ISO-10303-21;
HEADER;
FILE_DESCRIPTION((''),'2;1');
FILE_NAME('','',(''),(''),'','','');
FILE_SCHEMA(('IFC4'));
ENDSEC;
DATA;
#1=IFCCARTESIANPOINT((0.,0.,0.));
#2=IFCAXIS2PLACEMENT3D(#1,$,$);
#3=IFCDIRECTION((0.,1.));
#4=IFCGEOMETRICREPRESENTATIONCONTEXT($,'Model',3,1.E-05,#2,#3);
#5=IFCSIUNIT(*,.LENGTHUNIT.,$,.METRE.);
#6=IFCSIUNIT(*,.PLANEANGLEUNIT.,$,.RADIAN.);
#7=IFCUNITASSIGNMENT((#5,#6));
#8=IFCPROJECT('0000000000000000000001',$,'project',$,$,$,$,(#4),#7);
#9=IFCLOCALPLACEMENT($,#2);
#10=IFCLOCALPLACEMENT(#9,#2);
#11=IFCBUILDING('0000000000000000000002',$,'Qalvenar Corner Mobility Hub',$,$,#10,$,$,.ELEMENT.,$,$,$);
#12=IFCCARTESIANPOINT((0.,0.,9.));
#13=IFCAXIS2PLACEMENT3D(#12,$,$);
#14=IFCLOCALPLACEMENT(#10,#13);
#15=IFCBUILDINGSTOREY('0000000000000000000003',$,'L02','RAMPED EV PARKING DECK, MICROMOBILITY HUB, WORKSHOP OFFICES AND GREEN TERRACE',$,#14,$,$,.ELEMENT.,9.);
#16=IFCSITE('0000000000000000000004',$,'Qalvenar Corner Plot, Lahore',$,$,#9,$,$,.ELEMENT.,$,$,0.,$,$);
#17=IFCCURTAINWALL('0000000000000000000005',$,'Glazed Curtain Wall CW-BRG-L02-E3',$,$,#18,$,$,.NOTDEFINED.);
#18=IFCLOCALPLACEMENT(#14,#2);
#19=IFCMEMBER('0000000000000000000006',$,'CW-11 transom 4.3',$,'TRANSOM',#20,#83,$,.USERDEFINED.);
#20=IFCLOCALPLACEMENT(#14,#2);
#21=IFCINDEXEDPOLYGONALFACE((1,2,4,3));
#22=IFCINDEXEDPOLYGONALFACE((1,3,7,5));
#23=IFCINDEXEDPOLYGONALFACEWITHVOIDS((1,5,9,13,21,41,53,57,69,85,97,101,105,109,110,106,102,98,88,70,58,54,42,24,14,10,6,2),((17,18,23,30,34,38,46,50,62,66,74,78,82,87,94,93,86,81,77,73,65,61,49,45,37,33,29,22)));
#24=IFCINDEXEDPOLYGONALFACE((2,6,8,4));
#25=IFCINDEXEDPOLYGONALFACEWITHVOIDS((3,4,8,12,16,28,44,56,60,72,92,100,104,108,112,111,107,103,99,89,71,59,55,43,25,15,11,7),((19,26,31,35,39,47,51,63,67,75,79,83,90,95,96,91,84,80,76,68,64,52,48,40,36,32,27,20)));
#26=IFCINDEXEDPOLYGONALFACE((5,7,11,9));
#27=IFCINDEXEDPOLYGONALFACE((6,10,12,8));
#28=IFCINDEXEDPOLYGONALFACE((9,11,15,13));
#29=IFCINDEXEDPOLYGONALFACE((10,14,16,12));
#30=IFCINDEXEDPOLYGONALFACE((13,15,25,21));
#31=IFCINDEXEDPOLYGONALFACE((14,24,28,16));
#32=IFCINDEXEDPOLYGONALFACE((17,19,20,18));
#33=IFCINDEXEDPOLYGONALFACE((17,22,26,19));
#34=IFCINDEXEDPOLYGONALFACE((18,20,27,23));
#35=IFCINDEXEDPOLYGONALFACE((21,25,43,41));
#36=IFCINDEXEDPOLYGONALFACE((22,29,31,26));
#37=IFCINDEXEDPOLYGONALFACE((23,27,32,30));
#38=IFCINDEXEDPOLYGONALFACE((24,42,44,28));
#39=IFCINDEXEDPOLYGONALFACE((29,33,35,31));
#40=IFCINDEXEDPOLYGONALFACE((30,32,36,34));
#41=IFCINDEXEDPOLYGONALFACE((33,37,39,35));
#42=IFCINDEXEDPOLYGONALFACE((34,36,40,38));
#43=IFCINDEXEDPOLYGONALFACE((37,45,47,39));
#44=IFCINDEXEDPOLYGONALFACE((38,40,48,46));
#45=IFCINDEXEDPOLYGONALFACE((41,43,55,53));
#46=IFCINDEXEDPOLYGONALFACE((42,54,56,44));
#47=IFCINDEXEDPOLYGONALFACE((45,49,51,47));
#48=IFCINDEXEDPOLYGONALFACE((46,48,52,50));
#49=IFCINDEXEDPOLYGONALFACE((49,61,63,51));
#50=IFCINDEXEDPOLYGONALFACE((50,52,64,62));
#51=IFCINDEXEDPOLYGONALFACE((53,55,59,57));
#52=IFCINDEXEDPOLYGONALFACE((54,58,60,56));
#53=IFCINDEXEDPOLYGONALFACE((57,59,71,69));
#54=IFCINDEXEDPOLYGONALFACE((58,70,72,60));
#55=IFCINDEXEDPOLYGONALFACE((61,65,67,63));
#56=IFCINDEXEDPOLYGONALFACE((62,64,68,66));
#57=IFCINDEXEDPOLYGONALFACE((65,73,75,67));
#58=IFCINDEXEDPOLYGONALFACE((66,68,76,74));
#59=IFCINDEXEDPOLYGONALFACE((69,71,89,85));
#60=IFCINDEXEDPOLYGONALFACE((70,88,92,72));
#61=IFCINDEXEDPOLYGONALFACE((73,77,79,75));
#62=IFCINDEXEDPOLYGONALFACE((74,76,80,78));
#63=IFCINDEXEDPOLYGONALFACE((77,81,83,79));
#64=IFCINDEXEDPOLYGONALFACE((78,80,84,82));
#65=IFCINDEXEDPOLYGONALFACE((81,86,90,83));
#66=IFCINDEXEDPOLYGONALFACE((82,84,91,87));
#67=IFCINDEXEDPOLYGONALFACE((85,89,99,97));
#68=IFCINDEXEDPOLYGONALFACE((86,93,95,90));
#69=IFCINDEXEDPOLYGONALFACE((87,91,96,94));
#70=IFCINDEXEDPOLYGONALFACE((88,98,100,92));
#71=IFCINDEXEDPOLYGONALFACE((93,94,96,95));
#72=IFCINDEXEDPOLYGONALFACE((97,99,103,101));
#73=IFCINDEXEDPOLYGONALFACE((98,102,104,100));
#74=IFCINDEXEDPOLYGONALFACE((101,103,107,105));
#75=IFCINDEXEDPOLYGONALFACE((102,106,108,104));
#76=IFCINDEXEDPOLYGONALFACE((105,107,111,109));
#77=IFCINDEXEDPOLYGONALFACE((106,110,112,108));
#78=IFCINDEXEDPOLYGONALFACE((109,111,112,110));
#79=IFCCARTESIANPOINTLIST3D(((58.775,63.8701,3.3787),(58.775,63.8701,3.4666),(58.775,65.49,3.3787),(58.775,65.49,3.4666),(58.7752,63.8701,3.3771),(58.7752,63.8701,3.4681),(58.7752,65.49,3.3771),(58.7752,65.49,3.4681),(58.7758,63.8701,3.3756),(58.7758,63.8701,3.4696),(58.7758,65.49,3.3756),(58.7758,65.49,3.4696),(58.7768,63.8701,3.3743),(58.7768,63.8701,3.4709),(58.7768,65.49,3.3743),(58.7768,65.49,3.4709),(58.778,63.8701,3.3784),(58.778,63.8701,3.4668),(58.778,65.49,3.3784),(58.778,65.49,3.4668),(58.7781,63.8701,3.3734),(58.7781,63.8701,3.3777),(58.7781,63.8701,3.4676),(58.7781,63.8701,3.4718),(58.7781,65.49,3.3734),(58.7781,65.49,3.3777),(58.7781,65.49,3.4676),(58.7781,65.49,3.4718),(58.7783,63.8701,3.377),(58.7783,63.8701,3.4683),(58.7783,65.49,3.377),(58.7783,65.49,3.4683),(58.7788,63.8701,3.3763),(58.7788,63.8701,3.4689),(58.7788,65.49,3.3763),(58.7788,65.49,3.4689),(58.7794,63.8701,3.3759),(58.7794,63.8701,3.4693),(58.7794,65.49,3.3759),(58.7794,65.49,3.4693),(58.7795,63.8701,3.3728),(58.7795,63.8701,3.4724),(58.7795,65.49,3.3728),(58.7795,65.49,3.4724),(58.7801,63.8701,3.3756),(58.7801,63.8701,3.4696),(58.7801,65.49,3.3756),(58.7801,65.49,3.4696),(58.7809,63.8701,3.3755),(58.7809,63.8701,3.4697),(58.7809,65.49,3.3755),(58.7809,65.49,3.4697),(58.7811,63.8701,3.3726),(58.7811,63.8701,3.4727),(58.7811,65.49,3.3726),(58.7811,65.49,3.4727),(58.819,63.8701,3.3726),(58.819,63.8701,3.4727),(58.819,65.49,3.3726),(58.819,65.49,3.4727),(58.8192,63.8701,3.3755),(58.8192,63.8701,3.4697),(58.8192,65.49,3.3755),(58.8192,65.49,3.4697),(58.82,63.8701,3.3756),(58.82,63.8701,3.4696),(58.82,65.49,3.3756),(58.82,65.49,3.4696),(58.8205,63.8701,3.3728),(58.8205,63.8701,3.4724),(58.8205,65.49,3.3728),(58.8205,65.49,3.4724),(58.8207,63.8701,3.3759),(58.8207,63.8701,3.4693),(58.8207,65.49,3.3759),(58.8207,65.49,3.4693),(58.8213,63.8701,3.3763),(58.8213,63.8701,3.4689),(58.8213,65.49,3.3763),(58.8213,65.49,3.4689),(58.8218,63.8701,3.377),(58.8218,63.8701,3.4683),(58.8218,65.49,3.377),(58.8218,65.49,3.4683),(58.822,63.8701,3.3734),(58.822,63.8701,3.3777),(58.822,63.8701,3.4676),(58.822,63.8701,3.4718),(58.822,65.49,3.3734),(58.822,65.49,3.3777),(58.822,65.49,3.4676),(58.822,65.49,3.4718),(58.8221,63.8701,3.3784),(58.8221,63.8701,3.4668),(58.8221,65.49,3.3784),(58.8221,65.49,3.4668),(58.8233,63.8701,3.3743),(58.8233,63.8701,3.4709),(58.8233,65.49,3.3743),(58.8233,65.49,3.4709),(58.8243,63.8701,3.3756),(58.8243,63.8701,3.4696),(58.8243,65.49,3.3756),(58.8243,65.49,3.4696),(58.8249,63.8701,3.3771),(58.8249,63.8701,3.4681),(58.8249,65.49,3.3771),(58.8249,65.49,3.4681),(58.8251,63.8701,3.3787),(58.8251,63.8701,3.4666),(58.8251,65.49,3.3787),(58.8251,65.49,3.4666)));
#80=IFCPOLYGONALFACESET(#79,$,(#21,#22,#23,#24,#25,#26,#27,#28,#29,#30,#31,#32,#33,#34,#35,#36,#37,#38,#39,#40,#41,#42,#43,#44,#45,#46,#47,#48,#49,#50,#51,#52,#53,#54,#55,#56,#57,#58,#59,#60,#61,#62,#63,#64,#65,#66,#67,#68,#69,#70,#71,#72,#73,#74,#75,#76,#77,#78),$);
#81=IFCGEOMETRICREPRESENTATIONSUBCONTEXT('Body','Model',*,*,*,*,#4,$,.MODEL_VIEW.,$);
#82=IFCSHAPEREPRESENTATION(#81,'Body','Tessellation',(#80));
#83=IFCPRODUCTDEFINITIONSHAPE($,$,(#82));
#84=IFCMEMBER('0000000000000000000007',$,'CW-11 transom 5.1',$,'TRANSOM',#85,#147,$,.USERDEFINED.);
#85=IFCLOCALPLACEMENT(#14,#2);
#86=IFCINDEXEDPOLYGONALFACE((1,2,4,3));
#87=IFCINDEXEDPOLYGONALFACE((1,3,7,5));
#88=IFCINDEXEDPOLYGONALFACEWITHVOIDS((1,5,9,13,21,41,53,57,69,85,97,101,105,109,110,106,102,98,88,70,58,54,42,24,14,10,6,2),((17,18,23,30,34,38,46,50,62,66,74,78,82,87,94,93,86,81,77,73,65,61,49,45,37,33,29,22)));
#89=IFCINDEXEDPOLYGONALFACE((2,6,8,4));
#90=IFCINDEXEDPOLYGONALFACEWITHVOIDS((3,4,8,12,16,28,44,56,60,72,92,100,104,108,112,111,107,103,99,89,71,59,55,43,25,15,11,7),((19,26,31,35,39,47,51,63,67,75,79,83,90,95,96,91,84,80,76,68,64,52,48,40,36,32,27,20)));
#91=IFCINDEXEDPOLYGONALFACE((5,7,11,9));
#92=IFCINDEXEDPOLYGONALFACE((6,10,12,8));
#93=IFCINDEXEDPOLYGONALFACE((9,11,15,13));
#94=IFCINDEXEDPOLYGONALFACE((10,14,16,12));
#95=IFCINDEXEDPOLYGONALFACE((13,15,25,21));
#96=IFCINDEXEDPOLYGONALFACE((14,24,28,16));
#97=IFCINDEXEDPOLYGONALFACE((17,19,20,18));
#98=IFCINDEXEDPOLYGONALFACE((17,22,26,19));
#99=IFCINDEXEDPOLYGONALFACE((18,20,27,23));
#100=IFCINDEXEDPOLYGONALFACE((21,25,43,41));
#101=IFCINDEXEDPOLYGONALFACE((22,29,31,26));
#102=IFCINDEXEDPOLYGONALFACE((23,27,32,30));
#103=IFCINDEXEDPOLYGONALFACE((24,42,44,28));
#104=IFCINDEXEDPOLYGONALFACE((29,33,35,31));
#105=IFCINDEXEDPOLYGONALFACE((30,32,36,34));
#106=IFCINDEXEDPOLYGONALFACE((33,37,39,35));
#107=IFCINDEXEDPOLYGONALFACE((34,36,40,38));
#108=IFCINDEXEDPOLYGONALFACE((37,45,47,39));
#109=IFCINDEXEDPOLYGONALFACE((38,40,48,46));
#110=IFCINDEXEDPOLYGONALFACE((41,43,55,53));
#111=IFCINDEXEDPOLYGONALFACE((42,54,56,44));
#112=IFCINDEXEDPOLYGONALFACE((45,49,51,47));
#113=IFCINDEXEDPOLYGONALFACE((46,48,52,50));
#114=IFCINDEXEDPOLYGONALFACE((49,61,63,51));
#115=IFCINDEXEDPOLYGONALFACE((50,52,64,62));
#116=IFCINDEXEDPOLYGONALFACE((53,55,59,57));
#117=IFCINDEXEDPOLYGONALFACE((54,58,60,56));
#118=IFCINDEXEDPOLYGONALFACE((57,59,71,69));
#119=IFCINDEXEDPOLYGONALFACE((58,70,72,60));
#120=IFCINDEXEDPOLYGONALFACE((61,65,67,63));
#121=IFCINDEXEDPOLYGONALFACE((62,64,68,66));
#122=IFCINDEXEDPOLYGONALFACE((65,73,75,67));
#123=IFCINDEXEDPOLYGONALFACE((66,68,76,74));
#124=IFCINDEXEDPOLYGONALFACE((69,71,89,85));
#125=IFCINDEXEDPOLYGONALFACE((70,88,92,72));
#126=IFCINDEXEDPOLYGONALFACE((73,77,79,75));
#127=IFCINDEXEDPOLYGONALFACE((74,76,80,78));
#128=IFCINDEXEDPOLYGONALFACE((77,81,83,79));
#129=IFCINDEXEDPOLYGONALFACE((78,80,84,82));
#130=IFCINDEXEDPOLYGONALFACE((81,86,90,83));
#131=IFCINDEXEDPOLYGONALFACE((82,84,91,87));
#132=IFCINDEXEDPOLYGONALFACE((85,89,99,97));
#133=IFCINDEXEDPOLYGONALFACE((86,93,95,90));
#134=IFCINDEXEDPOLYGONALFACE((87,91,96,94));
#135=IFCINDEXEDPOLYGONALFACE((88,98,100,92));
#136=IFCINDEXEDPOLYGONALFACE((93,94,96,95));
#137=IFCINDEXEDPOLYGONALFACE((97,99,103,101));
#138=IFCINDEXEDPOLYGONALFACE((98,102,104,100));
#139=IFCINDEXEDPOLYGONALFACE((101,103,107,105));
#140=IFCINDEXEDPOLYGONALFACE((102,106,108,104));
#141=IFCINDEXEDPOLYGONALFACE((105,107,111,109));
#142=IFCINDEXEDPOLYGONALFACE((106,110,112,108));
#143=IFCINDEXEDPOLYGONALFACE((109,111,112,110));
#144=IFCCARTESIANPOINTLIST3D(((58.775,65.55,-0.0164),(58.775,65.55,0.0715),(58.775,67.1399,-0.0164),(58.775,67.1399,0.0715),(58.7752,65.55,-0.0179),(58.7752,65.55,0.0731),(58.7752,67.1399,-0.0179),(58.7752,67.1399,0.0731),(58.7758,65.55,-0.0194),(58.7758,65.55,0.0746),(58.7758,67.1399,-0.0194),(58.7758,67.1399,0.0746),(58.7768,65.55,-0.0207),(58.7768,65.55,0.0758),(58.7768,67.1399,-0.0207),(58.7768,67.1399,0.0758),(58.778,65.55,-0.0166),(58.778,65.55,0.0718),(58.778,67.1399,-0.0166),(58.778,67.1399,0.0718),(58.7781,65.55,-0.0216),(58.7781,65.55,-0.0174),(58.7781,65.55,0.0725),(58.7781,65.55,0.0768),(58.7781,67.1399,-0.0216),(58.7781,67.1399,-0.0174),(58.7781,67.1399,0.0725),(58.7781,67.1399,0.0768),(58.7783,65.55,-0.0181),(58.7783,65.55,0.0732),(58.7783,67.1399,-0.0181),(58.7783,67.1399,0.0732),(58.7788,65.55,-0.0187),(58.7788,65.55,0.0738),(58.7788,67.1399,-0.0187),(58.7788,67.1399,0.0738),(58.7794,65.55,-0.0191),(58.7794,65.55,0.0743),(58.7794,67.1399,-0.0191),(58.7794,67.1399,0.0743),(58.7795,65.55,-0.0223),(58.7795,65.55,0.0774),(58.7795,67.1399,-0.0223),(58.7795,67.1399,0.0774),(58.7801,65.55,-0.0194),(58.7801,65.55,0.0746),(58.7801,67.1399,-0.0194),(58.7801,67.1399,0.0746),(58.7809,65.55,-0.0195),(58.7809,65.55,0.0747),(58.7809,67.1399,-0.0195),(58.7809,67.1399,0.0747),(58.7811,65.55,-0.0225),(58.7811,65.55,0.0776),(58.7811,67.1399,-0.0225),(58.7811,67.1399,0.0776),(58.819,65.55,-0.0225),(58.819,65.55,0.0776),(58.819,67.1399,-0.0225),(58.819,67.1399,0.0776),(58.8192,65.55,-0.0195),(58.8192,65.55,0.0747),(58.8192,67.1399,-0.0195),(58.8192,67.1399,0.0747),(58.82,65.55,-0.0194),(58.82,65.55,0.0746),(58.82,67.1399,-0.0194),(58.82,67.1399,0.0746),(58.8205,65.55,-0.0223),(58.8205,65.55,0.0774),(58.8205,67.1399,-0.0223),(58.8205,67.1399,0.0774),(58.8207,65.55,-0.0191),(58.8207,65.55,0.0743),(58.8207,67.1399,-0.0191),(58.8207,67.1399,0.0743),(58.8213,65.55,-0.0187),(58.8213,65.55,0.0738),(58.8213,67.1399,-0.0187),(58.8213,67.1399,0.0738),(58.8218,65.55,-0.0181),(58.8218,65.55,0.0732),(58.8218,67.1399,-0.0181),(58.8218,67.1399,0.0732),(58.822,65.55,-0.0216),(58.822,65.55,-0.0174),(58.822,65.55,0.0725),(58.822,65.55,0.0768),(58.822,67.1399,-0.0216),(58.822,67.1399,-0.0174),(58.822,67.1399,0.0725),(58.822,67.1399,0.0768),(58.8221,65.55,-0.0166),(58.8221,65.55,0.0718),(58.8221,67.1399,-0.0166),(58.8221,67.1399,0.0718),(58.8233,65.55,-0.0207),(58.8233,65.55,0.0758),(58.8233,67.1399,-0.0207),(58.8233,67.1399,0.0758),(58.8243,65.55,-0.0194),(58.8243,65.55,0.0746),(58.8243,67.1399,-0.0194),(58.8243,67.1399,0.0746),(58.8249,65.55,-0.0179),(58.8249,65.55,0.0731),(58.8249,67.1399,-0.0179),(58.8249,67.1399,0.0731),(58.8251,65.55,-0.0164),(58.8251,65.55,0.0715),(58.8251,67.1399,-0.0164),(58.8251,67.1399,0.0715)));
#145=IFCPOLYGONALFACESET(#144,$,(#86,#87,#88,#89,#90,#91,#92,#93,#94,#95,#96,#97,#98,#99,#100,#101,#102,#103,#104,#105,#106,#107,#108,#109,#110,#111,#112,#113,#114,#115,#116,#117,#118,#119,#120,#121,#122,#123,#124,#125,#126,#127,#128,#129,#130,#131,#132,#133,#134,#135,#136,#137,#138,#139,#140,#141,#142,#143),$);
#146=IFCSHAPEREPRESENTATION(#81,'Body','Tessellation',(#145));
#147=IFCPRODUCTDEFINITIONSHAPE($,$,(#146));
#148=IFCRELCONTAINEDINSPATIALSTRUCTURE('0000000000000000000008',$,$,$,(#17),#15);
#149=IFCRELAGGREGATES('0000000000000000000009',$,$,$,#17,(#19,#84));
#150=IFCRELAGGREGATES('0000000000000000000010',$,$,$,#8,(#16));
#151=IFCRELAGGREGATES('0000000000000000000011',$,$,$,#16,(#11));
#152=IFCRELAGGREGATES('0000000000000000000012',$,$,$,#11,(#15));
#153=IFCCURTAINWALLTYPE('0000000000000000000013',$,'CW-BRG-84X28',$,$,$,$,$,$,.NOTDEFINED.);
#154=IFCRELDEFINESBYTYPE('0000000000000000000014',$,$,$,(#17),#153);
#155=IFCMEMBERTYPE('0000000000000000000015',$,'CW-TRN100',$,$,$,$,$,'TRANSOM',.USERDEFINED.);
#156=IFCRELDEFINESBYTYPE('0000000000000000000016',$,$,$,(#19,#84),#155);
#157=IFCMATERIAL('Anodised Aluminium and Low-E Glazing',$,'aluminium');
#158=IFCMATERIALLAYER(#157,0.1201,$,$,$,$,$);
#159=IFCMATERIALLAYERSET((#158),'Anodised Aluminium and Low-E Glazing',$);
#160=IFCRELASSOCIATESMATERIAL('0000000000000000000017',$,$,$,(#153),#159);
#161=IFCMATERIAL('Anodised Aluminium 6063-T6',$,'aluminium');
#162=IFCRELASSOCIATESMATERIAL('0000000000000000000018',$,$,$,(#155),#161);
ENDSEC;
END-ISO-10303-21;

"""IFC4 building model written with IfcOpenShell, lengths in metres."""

from ifc_helpers import new_model, si_unit, direction, frame, origin, origin_2d, place, context, subcontext, project, spatial, hollow_rectangle, extrude, material, layer, layer_set, material_profile, profile_set, type_object, element, aggregate, save


model = new_model("IFC4")

# Units and contexts
model_context = context("Model", 3, precision=1e-05, world=origin(), true_north=direction((0.0, 1.0)))
body_context = subcontext(model_context, "Body", "Model", "MODEL_VIEW")
ifc_project = project(units=[si_unit("LENGTHUNIT", "METRE"), si_unit("PLANEANGLEUNIT", "RADIAN")], contexts=[model_context])

# Site, building, storey
site_placement = place(None, origin())
site = spatial("IfcSite", under=ifc_project, at=site_placement, Name="Qalvenar Corner Plot, Lahore", CompositionType="ELEMENT", RefElevation=0.0)
building_placement = place(site_placement, origin())
building = spatial("IfcBuilding", under=site, at=building_placement, Name="Qalvenar Corner Mobility Hub", CompositionType="ELEMENT")
storey_placement = place(building_placement, frame((0.0, 0.0, 9.0)))
storey = spatial("IfcBuildingStorey", under=building, at=storey_placement, Name="L02", Description="RAMPED EV PARKING DECK, MICROMOBILITY HUB, WORKSHOP OFFICES AND GREEN TERRACE", CompositionType="ELEMENT", Elevation=9.0)

# Curtain wall, members
ifc_material_1 = material(Name="Anodised Aluminium and Low-E Glazing", Category="aluminium")
ifc_layer_1 = layer(ifc_material_1, 0.1201)
ifc_layer_set_1 = layer_set([ifc_layer_1], Name="Anodised Aluminium and Low-E Glazing")
curtain_wall_type = type_object("IfcCurtainWallType", Name="CW-BRG-84X28", PredefinedType="NOTDEFINED", material=ifc_layer_set_1)
curtain_wall_placement = place(storey_placement, origin())
curtain_wall = element("IfcCurtainWall", 1, at=curtain_wall_placement, inside=storey, type_object=curtain_wall_type, Name="Glazed Curtain Wall CW-BRG-L02-E3", PredefinedType="NOTDEFINED")
ifc_material_2 = material(Name="Anodised Aluminium 6063-T6", Category="aluminium")
ifc_material_profile_1 = material_profile(ifc_material_2, hollow_rectangle(XDim=0.05, YDim=0.1001, WallThickness=0.0029, InnerFilletRadius=0.0029, OuterFilletRadius=0.0061, at=origin_2d()), Name="RHS100x50x3")
ifc_profile_set_1 = profile_set([ifc_material_profile_1], Name="Anodised Aluminium 6063-T6")
member_type_1 = type_object("IfcMemberType", Name="CW-TRN100", ElementType="TRANSOM", PredefinedType="USERDEFINED", material=ifc_profile_set_1)
member_1_placement = place(storey_placement, frame((58.8, 63.8701, 3.4226), z_axis=(0.0, 1.0, 0.0), x_axis=(-1.0, 0.0, 0.0)))
member_1 = element("IfcMember", 2, at=member_1_placement, type_object=member_type_1, Name="CW-11 transom 4.3", ObjectType="TRANSOM", PredefinedType="USERDEFINED", context=body_context, shape_type="SweptSolid", body=[
    extrude(hollow_rectangle(XDim=0.05, YDim=0.1001, WallThickness=0.0029, InnerFilletRadius=0.0029, OuterFilletRadius=0.0061, at=origin_2d()), origin(), (0.0, 0.0, 1.0), 1.6199),
])
member_2_placement = place(storey_placement, frame((58.8, 65.55, 0.0276), z_axis=(0.0, 1.0, 0.0), x_axis=(-1.0, 0.0, 0.0)))
member_2 = element("IfcMember", 3, at=member_2_placement, type_object=member_type_1, Name="CW-11 transom 5.1", ObjectType="TRANSOM", PredefinedType="USERDEFINED", context=body_context, shape_type="SweptSolid", body=[
    extrude(hollow_rectangle(XDim=0.05, YDim=0.1001, WallThickness=0.0029, InnerFilletRadius=0.0029, OuterFilletRadius=0.0061, at=origin_2d()), origin(), (0.0, 0.0, 1.0), 1.5898),
])

aggregate(curtain_wall, [member_1, member_2])

save(model, "model.ifc")
